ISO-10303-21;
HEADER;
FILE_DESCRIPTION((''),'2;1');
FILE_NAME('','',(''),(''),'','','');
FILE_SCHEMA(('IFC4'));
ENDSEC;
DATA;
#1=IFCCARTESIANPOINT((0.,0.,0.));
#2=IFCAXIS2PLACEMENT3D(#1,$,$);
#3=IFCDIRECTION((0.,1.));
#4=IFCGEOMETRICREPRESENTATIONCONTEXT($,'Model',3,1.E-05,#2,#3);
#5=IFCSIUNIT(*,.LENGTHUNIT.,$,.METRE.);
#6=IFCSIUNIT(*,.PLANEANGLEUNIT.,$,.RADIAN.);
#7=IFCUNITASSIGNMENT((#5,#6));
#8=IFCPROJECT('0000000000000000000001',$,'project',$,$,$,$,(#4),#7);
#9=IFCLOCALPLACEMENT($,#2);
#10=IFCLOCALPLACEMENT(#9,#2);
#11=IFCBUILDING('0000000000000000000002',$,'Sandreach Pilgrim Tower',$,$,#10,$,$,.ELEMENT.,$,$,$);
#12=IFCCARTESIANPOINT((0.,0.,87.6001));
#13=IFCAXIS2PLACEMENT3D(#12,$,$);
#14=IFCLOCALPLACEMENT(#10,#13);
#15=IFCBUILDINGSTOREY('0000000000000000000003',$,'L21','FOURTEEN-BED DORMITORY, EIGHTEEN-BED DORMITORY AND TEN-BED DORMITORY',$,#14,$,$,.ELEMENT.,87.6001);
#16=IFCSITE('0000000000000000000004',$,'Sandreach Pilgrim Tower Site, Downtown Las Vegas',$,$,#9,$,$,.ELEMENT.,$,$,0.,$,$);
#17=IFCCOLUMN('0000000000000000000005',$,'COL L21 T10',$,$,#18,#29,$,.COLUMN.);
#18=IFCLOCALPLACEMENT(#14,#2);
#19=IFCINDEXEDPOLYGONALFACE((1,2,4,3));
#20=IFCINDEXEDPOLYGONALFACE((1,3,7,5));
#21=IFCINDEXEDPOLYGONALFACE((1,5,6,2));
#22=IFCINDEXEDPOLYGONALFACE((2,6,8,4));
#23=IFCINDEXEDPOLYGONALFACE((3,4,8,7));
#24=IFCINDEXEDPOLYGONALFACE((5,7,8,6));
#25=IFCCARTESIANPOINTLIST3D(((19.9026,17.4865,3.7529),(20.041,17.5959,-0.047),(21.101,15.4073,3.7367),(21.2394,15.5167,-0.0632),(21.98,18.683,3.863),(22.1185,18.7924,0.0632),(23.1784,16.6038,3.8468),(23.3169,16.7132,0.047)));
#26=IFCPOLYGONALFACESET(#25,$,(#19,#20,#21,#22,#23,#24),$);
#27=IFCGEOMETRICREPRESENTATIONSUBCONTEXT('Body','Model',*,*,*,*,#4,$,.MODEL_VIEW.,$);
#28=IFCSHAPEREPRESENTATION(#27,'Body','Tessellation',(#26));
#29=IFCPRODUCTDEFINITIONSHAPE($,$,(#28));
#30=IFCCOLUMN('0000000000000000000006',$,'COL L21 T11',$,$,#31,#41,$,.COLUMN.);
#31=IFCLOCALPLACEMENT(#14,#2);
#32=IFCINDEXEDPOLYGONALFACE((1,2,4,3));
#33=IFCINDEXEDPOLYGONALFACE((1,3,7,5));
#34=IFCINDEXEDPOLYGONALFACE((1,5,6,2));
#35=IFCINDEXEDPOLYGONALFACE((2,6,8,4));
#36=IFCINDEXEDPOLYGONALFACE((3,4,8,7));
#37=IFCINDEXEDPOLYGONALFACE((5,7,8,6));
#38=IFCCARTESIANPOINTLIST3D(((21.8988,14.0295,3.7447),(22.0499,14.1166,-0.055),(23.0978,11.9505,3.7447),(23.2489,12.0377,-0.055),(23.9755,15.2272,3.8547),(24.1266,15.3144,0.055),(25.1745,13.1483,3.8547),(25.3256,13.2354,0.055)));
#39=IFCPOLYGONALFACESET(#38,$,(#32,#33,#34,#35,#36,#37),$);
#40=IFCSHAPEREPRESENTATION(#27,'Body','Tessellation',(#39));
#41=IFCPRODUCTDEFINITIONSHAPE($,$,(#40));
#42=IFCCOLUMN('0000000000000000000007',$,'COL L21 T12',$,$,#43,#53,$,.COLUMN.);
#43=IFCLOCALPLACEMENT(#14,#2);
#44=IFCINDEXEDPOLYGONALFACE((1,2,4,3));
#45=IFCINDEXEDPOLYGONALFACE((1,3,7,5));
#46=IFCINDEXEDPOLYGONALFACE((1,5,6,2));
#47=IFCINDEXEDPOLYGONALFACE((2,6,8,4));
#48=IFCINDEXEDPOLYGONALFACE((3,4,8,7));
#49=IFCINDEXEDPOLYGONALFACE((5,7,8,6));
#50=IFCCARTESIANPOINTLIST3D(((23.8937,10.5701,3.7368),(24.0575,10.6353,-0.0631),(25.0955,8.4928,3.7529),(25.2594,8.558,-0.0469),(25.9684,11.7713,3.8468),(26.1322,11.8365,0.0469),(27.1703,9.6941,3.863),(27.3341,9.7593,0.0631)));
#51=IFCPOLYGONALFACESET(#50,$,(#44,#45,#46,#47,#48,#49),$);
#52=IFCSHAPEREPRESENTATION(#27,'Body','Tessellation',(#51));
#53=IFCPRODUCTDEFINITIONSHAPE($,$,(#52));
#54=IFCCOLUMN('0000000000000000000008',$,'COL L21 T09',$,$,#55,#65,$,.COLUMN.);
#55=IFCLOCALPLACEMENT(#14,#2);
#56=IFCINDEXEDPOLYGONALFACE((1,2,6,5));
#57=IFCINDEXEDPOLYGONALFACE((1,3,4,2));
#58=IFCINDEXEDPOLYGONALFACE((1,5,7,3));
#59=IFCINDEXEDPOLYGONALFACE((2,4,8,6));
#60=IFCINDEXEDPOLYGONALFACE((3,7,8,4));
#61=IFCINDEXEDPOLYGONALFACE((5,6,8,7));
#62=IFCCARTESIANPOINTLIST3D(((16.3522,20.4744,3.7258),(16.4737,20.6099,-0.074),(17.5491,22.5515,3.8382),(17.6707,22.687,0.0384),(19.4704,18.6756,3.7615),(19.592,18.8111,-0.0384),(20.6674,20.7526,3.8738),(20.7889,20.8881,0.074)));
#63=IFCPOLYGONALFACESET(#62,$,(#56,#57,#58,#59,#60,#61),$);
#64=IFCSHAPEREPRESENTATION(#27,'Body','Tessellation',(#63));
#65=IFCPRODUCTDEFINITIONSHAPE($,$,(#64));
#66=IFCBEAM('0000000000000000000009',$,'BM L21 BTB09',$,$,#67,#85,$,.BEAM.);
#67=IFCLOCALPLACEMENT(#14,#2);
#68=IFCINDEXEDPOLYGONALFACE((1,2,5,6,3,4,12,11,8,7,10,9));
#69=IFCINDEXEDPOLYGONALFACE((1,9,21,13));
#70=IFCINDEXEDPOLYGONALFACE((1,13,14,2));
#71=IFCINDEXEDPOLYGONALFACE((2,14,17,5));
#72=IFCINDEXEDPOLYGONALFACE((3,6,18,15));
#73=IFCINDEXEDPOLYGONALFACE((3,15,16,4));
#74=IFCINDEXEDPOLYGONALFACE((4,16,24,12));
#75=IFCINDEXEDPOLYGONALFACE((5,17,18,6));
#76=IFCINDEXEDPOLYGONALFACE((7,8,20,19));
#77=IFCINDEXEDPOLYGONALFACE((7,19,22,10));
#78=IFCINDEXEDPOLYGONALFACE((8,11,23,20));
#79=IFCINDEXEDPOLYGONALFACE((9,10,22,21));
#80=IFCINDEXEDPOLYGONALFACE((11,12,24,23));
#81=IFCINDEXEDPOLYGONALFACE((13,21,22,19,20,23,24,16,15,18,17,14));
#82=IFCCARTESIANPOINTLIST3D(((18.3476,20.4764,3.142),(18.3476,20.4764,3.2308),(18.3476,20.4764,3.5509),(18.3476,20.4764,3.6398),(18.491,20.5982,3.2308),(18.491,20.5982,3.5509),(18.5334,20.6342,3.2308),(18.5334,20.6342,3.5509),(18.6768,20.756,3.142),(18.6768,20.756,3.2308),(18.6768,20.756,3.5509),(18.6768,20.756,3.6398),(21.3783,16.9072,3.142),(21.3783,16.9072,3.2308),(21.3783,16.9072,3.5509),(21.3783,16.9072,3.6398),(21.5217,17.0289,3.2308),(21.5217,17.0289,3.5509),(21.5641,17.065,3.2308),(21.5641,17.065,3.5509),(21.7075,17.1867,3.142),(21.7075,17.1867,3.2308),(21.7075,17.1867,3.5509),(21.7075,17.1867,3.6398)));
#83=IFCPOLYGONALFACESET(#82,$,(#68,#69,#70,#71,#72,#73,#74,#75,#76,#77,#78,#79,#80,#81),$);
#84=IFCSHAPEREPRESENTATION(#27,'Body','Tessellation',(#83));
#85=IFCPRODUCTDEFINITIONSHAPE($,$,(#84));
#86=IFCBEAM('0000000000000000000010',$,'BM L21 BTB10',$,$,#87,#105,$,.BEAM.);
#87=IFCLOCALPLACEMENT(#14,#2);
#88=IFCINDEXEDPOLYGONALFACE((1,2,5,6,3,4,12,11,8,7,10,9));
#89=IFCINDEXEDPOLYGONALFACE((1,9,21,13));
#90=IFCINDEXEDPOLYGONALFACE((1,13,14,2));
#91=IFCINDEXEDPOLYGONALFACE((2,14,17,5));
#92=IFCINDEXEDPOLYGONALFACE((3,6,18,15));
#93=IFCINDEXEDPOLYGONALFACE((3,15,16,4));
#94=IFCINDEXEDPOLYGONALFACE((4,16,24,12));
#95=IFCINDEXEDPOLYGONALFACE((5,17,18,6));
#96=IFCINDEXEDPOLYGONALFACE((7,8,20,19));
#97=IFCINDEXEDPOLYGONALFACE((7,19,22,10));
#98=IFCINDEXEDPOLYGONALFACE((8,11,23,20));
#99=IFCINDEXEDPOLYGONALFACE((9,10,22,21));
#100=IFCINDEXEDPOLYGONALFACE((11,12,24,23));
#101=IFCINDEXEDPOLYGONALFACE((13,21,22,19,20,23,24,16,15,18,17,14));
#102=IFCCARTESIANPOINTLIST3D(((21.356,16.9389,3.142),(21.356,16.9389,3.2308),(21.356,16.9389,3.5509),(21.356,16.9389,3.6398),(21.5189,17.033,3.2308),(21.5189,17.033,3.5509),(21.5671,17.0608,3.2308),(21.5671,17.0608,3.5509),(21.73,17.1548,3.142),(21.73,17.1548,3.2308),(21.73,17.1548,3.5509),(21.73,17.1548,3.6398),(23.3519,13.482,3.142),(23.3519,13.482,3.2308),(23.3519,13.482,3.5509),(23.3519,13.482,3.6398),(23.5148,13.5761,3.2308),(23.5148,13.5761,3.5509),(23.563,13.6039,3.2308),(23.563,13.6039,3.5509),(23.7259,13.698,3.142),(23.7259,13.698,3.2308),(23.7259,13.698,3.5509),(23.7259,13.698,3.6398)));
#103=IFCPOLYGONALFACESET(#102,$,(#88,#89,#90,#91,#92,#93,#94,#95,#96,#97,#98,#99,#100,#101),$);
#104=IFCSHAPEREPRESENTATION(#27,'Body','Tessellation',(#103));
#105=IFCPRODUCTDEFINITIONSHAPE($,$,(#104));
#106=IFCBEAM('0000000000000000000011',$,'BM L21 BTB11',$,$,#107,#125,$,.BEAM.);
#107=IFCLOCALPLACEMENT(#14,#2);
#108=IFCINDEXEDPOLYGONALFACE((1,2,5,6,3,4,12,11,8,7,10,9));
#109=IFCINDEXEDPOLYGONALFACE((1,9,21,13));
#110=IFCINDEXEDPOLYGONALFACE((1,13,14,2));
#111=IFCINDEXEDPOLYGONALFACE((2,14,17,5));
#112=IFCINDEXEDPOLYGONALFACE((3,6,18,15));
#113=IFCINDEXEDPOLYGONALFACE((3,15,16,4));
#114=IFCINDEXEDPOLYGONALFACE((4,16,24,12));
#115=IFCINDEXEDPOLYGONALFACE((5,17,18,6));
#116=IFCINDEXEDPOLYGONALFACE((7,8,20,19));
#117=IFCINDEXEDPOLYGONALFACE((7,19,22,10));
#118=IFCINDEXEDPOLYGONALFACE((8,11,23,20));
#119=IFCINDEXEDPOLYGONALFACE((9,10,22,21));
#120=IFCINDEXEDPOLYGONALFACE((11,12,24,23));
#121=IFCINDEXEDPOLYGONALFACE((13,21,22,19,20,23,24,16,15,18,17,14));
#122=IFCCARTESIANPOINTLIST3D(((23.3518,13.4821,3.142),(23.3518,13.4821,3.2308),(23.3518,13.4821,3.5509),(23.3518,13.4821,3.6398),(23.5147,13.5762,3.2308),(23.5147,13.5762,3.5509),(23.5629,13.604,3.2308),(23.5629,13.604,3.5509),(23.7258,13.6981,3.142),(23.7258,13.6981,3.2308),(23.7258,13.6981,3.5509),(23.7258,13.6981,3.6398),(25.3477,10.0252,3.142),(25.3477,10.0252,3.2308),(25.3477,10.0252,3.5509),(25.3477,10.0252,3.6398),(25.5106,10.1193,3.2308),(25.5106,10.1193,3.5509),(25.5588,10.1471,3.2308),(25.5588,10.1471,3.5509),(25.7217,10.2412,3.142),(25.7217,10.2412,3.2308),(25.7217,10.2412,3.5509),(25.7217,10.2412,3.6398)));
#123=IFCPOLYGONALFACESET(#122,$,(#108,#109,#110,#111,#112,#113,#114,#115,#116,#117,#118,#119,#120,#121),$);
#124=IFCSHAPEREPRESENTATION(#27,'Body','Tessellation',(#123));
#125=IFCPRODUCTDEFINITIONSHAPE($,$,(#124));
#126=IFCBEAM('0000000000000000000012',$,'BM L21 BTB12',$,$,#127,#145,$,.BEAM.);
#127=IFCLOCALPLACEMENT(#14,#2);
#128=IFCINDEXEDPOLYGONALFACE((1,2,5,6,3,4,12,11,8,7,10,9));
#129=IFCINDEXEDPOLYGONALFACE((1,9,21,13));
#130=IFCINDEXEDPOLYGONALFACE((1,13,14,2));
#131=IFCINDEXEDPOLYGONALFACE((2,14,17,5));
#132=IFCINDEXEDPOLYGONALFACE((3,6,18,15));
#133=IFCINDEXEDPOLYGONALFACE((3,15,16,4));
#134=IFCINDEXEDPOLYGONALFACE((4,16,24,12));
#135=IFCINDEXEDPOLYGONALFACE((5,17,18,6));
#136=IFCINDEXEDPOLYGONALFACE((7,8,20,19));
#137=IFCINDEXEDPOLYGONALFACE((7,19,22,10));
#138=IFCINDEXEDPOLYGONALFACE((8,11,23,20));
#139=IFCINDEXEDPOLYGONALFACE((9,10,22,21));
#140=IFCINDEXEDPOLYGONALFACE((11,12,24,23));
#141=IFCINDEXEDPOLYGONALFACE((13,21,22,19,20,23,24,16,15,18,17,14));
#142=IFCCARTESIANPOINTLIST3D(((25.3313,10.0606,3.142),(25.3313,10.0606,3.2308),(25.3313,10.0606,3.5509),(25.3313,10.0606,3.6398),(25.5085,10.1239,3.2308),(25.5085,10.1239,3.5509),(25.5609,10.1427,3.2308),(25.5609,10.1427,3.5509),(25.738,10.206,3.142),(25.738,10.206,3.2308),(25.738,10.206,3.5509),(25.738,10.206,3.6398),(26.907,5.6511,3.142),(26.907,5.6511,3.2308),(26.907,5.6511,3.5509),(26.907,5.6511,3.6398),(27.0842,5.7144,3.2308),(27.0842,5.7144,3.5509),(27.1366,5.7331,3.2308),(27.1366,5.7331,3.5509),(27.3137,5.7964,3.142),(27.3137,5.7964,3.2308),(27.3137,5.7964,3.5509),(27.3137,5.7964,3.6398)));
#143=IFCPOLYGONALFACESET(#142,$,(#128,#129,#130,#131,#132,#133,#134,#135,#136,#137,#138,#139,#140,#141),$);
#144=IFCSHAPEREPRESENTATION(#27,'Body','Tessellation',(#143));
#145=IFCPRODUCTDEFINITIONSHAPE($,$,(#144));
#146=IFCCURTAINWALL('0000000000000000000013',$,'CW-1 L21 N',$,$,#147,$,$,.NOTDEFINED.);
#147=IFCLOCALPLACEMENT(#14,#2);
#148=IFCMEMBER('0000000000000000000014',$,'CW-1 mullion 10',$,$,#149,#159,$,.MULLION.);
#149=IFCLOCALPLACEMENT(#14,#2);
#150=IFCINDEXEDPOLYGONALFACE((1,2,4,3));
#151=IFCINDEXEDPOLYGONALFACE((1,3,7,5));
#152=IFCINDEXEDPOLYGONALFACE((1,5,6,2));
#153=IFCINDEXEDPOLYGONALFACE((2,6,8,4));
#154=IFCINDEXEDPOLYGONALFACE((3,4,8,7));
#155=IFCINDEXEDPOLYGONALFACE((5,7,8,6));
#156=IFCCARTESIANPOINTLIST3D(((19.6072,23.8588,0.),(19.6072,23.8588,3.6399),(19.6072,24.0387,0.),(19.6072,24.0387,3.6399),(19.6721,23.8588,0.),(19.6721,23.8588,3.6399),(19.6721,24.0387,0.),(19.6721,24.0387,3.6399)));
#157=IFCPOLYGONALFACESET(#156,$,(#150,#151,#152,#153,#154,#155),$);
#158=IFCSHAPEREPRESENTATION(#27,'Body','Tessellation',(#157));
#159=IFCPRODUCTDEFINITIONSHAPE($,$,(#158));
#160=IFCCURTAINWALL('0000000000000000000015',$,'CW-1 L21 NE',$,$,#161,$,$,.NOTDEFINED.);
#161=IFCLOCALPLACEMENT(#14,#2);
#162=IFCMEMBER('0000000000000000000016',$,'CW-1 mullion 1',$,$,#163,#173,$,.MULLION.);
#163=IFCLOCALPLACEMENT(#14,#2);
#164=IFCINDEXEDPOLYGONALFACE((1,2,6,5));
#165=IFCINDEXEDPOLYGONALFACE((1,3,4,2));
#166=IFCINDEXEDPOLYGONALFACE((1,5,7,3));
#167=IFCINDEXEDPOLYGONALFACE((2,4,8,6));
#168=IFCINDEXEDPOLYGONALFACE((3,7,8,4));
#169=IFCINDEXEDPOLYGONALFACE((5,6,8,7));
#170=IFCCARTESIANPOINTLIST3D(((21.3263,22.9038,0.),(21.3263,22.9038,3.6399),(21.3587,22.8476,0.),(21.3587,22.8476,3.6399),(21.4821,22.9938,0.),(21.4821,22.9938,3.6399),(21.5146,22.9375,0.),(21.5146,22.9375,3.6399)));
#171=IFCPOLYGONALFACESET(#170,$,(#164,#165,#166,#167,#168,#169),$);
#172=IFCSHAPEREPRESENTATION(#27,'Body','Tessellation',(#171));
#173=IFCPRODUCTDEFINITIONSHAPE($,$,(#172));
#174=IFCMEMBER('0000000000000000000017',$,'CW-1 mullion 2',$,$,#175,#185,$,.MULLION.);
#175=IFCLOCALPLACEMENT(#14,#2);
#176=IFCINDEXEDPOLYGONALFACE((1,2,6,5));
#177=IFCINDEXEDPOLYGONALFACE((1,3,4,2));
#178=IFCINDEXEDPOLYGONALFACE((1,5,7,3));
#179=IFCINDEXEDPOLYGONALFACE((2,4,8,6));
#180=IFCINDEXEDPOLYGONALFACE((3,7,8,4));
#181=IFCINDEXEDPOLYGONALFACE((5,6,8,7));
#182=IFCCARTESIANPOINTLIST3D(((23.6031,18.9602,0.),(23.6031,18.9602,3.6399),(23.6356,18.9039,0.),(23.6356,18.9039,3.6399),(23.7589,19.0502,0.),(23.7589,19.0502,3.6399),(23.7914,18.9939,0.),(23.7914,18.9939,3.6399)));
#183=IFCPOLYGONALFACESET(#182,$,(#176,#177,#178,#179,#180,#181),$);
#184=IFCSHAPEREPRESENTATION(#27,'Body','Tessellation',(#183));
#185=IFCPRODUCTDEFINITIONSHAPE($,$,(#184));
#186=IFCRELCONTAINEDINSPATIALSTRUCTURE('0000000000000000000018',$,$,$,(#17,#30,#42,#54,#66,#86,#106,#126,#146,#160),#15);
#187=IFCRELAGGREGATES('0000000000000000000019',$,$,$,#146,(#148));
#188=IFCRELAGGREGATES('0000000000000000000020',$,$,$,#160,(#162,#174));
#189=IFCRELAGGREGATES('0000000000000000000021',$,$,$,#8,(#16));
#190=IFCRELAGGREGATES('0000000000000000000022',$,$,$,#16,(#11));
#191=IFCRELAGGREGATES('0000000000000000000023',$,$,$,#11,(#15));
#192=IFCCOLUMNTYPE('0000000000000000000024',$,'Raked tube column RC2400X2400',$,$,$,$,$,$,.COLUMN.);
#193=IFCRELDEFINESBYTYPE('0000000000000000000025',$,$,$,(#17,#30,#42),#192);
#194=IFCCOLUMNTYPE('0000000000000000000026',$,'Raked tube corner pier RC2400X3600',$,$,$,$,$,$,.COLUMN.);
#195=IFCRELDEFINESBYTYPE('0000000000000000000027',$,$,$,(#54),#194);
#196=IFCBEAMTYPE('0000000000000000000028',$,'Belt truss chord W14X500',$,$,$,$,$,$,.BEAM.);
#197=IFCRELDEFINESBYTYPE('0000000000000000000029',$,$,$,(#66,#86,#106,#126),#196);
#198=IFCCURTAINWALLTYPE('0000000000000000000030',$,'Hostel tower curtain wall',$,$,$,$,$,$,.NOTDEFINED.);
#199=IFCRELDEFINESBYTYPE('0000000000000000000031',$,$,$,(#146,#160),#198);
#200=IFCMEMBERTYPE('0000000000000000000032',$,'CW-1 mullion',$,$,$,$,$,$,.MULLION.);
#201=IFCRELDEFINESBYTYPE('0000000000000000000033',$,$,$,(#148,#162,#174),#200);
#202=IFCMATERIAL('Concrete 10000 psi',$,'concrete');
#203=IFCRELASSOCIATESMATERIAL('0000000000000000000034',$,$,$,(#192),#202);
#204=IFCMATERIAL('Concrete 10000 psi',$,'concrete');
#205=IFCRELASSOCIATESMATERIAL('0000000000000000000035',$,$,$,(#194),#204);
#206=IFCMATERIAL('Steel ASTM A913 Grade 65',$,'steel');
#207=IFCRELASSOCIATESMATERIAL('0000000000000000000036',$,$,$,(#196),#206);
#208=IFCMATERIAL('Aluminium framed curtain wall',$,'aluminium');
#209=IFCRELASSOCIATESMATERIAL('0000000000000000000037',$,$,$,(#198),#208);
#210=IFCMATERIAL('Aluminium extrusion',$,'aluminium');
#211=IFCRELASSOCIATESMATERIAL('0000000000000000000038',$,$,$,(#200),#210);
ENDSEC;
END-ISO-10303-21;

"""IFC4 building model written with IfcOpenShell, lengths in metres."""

from ifc_helpers import new_model, si_unit, direction, frame, origin, origin_2d, place, context, subcontext, project, spatial, rectangle, i_section, extrude, material, material_profile, profile_set, type_object, element, aggregate, save


model = new_model("IFC4")

# Units and contexts
model_context = context("Model", 3, precision=1e-05, world=origin(), true_north=direction((0.0, 1.0)))
body_context = subcontext(model_context, "Body", "Model", "MODEL_VIEW")
ifc_project = project(units=[si_unit("LENGTHUNIT", "METRE"), si_unit("PLANEANGLEUNIT", "RADIAN")], contexts=[model_context])

# Site, building, storey
site_placement = place(None, origin())
site = spatial("IfcSite", under=ifc_project, at=site_placement, Name="Sandreach Pilgrim Tower Site, Downtown Las Vegas", CompositionType="ELEMENT", RefElevation=0.0)
building_placement = place(site_placement, origin())
building = spatial("IfcBuilding", under=site, at=building_placement, Name="Sandreach Pilgrim Tower", CompositionType="ELEMENT")
storey_placement = place(building_placement, frame((0.0, 0.0, 87.6001)))
storey = spatial("IfcBuildingStorey", under=building, at=storey_placement, Name="L21", Description="FOURTEEN-BED DORMITORY, EIGHTEEN-BED DORMITORY AND TEN-BED DORMITORY", CompositionType="ELEMENT", Elevation=87.6001)

# Columns
ifc_material_1 = material(Name="Concrete 10000 psi", Category="concrete")
ifc_material_profile_1 = material_profile(ifc_material_1, rectangle(XDim=2.3999, YDim=2.3999, at=origin_2d()), Name="RC2400X2400")
ifc_profile_set_1 = profile_set([ifc_material_profile_1], Name="Concrete 10000 psi")
column_type_1 = type_object("IfcColumnType", Name="Raked tube column RC2400X2400", PredefinedType="COLUMN", material=ifc_profile_set_1)
column_1_placement = place(storey_placement, frame((21.679, 17.1545, 0.0), z_axis=(-0.036391, -0.028753, 0.998924), x_axis=(0.86563, 0.498577, 0.045886)))
element("IfcColumn", 1, at=column_1_placement, inside=storey, type_object=column_type_1, Name="COL L21 T10", PredefinedType="COLUMN", context=body_context, shape_type="SweptSolid", body=[
    extrude(rectangle(XDim=2.3999, YDim=2.3999, at=origin_2d()), origin(), (0.0, 0.0, 1.0), 3.804),
])
column_2_placement = place(storey_placement, frame((23.6877, 13.676, 0.0), z_axis=(-0.039729, -0.022913, 0.998948), x_axis=(0.865344, 0.499076, 0.045863)))
element("IfcColumn", 2, at=column_2_placement, inside=storey, type_object=column_type_1, Name="COL L21 T11", PredefinedType="COLUMN", context=body_context, shape_type="SweptSolid", body=[
    extrude(rectangle(XDim=2.3999, YDim=2.3999, at=origin_2d()), origin(), (0.0, 0.0, 1.0), 3.8037),
])
column_3_placement = place(storey_placement, frame((25.6958, 10.1973, 0.0), z_axis=(-0.043066, -0.017137, 0.998925), x_axis=(0.864498, 0.500541, 0.045857)))
element("IfcColumn", 3, at=column_3_placement, inside=storey, type_object=column_type_1, Name="COL L21 T12", PredefinedType="COLUMN", context=body_context, shape_type="SweptSolid", body=[
    extrude(rectangle(XDim=2.3999, YDim=2.3999, at=origin_2d()), origin(), (0.0, 0.0, 1.0), 3.804),
])
ifc_material_2 = material(Name="Concrete 10000 psi", Category="concrete")
ifc_material_profile_2 = material_profile(ifc_material_2, rectangle(XDim=2.3999, YDim=3.6001, at=origin_2d()), Name="RC2400X3600")
ifc_profile_set_2 = profile_set([ifc_material_profile_2], Name="Concrete 10000 psi")
column_type_2 = type_object("IfcColumnType", Name="Raked tube corner pier RC2400X3600", PredefinedType="COLUMN", material=ifc_profile_set_2)
column_4_placement = place(storey_placement, frame((18.6313, 20.749, 0.0), z_axis=(-0.03196, -0.035618, 0.998854), x_axis=(0.498743, 0.865485, 0.046821)))
element("IfcColumn", 4, at=column_4_placement, inside=storey, type_object=column_type_2, Name="COL L21 T09", PredefinedType="COLUMN", context=body_context, shape_type="SweptSolid", body=[
    extrude(rectangle(XDim=2.3999, YDim=3.6001, at=origin_2d()), origin(), (0.0, 0.0, 1.0), 3.8042),
])

# Beams
ifc_material_3 = material(Name="Steel ASTM A913 Grade 65", Category="steel")
ifc_material_profile_3 = material_profile(ifc_material_3, i_section(OverallWidth=0.4319, OverallDepth=0.4978, WebThickness=0.0557, FlangeThickness=0.0889, at=origin_2d()), Name="W14X500")
ifc_profile_set_3 = profile_set([ifc_material_profile_3], Name="Steel ASTM A913 Grade 65")
beam_type_1 = type_object("IfcBeamType", Name="Belt truss chord W14X500", PredefinedType="BEAM", material=ifc_profile_set_3)
beam_1_placement = place(storey_placement, frame((18.5122, 20.6162, 3.3909), z_axis=(0.647255, -0.762274, 0.0), x_axis=(0.762274, 0.647255, 0.0)))
element("IfcBeam", 5, at=beam_1_placement, inside=storey, type_object=beam_type_1, Name="BM L21 BTB09", PredefinedType="BEAM", context=body_context, shape_type="SweptSolid", body=[
    extrude(i_section(OverallWidth=0.4319, OverallDepth=0.4978, WebThickness=0.0557, FlangeThickness=0.0889, at=origin_2d()), origin(), (0.0, 0.0, 1.0), 4.6824),
])
for number, where, z_axis, x_axis, name in (
    (6, (21.543, 17.0469, 3.3909), (0.500014, -0.866018, 0.0), (0.866018, 0.500014, 0.0), "BM L21 BTB10"),
    (7, (23.5388, 13.5901, 3.3909), (0.500014, -0.866018, 0.0), (0.866018, 0.500014, 0.0), "BM L21 BTB11"),
):
    element("IfcBeam", number, at=place(storey_placement, frame(where, z_axis=z_axis, x_axis=x_axis)), inside=storey, type_object=beam_type_1, Name=name, PredefinedType="BEAM", context=body_context, shape_type="SweptSolid", body=[
        extrude(i_section(OverallWidth=0.4319, OverallDepth=0.4978, WebThickness=0.0557, FlangeThickness=0.0889, at=origin_2d()), origin(), (0.0, 0.0, 1.0), 3.9917),
    ])
beam_2_placement = place(storey_placement, frame((25.5347, 10.1333, 3.3909), z_axis=(0.336505, -0.941682, 0.0), x_axis=(0.941682, 0.336505, 0.0)))
element("IfcBeam", 8, at=beam_2_placement, inside=storey, type_object=beam_type_1, Name="BM L21 BTB12", PredefinedType="BEAM", context=body_context, shape_type="SweptSolid", body=[
    extrude(i_section(OverallWidth=0.4319, OverallDepth=0.4978, WebThickness=0.0557, FlangeThickness=0.0889, at=origin_2d()), origin(), (0.0, 0.0, 1.0), 4.6826),
])

# Curtain wall, member
ifc_material_4 = material(Name="Aluminium framed curtain wall", Category="aluminium")
curtain_wall_type = type_object("IfcCurtainWallType", Name="Hostel tower curtain wall", PredefinedType="NOTDEFINED", material=ifc_material_4)
curtain_wall_1_placement = place(storey_placement, origin())
curtain_wall_1 = element("IfcCurtainWall", 9, at=curtain_wall_1_placement, inside=storey, type_object=curtain_wall_type, Name="CW-1 L21 N", PredefinedType="NOTDEFINED")
ifc_material_5 = material(Name="Aluminium extrusion", Category="aluminium")
ifc_material_profile_4 = material_profile(ifc_material_5, rectangle(XDim=0.0649, YDim=0.1799, at=origin_2d()), Name="CW-1M 65X180")
ifc_profile_set_4 = profile_set([ifc_material_profile_4], Name="Aluminium extrusion")
member_type_1 = type_object("IfcMemberType", Name="CW-1 mullion", PredefinedType="MULLION", material=ifc_profile_set_4)
member_1_placement = place(storey_placement, frame((19.6396, 23.9487, 0.0), z_axis=(0.0, 0.0, 1.0), x_axis=(1.0, 0.0, 0.0)))
member_1 = element("IfcMember", 10, at=member_1_placement, type_object=member_type_1, Name="CW-1 mullion 10", PredefinedType="MULLION", context=body_context, shape_type="SweptSolid", body=[
    extrude(rectangle(XDim=0.0649, YDim=0.1799, at=origin_2d()), origin(), (0.0, 0.0, 1.0), 3.6399),
])

# Curtain wall, members
curtain_wall_2_placement = place(storey_placement, origin())
curtain_wall_2 = element("IfcCurtainWall", 11, at=curtain_wall_2_placement, inside=storey, type_object=curtain_wall_type, Name="CW-1 L21 NE", PredefinedType="NOTDEFINED")
member_2_placement = place(storey_placement, frame((21.4204, 22.9207, 0.0), z_axis=(0.0, 0.0, 1.0), x_axis=(0.5, -0.866025, 0.0)))
member_2 = element("IfcMember", 12, at=member_2_placement, type_object=member_type_1, Name="CW-1 mullion 1", PredefinedType="MULLION", context=body_context, shape_type="SweptSolid", body=[
    extrude(rectangle(XDim=0.0649, YDim=0.1799, at=origin_2d()), origin(), (0.0, 0.0, 1.0), 3.6399),
])
member_3_placement = place(storey_placement, frame((23.6973, 18.9771, 0.0), z_axis=(0.0, 0.0, 1.0), x_axis=(0.5, -0.866025, 0.0)))
member_3 = element("IfcMember", 13, at=member_3_placement, type_object=member_type_1, Name="CW-1 mullion 2", PredefinedType="MULLION", context=body_context, shape_type="SweptSolid", body=[
    extrude(rectangle(XDim=0.0649, YDim=0.1799, at=origin_2d()), origin(), (0.0, 0.0, 1.0), 3.6399),
])

aggregate(curtain_wall_1, [member_1])
aggregate(curtain_wall_2, [member_2, member_3])

save(model, "model.ifc")
